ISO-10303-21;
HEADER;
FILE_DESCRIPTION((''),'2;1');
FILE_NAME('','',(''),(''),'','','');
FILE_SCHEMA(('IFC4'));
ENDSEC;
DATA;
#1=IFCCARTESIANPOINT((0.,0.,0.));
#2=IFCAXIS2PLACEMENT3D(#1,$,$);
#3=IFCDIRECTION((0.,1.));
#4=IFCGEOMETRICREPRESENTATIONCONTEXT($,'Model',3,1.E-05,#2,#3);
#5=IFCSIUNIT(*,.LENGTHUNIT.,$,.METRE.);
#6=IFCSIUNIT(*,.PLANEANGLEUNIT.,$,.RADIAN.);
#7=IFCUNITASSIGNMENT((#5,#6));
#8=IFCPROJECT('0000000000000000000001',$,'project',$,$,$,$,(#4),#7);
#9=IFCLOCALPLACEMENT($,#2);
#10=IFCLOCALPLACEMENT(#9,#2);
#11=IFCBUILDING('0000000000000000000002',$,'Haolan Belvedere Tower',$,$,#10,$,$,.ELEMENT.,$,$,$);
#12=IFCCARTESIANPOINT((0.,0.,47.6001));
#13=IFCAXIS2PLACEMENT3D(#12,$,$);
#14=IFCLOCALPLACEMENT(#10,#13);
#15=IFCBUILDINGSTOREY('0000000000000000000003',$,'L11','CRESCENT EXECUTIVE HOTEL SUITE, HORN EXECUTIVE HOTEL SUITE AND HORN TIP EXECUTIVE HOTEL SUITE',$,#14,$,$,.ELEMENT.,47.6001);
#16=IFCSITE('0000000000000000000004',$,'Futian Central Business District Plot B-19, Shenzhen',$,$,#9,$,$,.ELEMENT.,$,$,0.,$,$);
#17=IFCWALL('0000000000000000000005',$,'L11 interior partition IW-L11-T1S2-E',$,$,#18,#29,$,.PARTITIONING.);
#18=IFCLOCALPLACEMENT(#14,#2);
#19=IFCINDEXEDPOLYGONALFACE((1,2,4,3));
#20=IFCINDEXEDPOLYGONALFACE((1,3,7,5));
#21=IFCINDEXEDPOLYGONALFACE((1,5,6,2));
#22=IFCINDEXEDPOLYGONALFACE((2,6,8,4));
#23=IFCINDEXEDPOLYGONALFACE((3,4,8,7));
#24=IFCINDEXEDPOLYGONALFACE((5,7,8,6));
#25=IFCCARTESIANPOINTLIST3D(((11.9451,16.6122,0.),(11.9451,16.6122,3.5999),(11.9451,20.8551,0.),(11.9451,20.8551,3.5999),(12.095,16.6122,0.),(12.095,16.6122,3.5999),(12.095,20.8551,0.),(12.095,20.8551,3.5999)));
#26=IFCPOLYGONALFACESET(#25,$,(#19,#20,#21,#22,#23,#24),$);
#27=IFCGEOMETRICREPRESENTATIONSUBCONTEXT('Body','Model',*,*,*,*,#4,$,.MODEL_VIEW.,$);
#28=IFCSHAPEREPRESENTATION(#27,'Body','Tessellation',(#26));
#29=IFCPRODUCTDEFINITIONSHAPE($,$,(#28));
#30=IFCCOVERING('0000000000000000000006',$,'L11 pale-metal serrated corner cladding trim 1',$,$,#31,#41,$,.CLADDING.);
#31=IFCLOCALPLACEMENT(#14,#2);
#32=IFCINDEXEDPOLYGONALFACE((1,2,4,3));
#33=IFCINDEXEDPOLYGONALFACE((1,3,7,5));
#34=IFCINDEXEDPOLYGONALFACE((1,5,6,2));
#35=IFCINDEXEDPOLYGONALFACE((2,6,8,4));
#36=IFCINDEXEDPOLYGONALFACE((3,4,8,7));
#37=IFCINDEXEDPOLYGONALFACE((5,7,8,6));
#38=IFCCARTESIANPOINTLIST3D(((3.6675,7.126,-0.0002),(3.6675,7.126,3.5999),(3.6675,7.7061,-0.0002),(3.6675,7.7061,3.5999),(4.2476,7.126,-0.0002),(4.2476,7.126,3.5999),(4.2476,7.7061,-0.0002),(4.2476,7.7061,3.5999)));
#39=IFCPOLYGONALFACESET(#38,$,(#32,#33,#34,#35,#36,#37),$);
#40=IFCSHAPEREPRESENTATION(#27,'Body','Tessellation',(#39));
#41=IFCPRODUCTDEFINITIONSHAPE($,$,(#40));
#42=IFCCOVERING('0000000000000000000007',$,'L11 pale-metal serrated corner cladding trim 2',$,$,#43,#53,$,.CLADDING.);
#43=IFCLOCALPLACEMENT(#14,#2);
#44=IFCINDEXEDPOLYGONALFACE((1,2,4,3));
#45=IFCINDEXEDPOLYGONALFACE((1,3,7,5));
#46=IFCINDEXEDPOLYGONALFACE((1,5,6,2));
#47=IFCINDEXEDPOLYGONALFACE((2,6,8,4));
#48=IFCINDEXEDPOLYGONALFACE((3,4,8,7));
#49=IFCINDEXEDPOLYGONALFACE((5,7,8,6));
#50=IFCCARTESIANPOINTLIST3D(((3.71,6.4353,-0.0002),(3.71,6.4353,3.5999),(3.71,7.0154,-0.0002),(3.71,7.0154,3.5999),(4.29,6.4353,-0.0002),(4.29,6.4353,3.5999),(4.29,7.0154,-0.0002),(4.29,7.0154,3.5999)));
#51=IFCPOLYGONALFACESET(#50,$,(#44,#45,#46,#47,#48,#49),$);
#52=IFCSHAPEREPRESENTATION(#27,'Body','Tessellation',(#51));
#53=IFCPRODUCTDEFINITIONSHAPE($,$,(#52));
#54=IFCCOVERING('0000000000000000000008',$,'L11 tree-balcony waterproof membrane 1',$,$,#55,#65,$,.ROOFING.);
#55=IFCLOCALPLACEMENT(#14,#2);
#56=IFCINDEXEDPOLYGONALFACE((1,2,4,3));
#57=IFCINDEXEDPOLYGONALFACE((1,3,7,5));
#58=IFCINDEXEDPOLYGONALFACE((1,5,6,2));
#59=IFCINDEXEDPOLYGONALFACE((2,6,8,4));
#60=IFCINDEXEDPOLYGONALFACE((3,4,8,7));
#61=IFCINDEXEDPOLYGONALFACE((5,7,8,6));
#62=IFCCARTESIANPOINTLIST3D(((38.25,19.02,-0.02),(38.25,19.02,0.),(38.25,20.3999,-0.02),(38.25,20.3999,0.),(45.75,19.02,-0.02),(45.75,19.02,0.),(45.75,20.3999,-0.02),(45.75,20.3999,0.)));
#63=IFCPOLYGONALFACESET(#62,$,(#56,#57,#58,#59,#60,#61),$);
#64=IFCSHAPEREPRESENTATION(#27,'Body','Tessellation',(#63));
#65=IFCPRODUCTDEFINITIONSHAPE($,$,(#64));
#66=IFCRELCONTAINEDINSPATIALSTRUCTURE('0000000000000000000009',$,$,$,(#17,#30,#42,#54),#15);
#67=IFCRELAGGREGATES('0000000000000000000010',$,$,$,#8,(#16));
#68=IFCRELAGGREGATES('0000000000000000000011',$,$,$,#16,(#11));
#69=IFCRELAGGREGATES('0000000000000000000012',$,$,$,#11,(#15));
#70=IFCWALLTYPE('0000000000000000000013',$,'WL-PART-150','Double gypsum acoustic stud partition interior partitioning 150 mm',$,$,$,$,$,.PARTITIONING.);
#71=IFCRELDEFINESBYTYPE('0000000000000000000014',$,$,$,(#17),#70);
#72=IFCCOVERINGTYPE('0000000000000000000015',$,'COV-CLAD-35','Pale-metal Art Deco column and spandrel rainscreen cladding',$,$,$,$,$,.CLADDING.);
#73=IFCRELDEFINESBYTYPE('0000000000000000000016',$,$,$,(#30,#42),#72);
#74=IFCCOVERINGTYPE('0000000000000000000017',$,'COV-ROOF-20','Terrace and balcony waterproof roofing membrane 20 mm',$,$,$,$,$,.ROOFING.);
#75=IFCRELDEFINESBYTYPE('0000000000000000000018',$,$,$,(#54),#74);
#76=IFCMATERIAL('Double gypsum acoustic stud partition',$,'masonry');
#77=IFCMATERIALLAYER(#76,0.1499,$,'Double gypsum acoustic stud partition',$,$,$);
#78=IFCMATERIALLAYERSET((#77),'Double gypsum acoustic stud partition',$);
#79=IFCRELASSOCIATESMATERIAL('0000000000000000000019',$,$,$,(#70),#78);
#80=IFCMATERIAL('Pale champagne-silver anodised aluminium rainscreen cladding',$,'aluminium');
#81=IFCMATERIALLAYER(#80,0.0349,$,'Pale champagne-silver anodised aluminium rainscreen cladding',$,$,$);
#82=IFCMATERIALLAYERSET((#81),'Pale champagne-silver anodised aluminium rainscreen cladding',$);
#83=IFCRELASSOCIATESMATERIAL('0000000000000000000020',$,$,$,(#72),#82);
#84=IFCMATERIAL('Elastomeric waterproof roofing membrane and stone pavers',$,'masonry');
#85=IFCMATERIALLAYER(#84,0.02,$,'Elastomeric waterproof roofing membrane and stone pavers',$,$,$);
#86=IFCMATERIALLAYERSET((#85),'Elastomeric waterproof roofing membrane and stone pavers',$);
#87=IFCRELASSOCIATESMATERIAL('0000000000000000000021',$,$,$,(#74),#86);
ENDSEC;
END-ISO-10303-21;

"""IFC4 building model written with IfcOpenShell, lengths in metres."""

from ifc_helpers import new_model, si_unit, direction, frame, frame_2d, origin, origin_2d, place, context, subcontext, project, spatial, polyline, rectangle, outline, extrude, material, layer, layer_set, type_object, element, save


model = new_model("IFC4")

# Units and contexts
model_context = context("Model", 3, precision=1e-05, world=origin(), true_north=direction((0.0, 1.0)))
body_context = subcontext(model_context, "Body", "Model", "MODEL_VIEW")
ifc_project = project(units=[si_unit("LENGTHUNIT", "METRE"), si_unit("PLANEANGLEUNIT", "RADIAN")], contexts=[model_context])

# Site, building, storey
site_placement = place(None, origin())
site = spatial("IfcSite", under=ifc_project, at=site_placement, Name="Futian Central Business District Plot B-19, Shenzhen", CompositionType="ELEMENT", RefElevation=0.0)
building_placement = place(site_placement, origin())
building = spatial("IfcBuilding", under=site, at=building_placement, Name="Haolan Belvedere Tower", CompositionType="ELEMENT")
storey_placement = place(building_placement, frame((0.0, 0.0, 47.6001)))
storey = spatial("IfcBuildingStorey", under=building, at=storey_placement, Name="L11", Description="CRESCENT EXECUTIVE HOTEL SUITE, HORN EXECUTIVE HOTEL SUITE AND HORN TIP EXECUTIVE HOTEL SUITE", CompositionType="ELEMENT", Elevation=47.6001)

# Wall
ifc_material_1 = material(Name="Double gypsum acoustic stud partition", Category="masonry")
ifc_layer_1 = layer(ifc_material_1, 0.1499, Name="Double gypsum acoustic stud partition")
ifc_layer_set_1 = layer_set([ifc_layer_1], Name="Double gypsum acoustic stud partition")
wall_type_1 = type_object("IfcWallType", Name="WL-PART-150", Description="Double gypsum acoustic stud partition interior partitioning 150 mm", PredefinedType="PARTITIONING", material=ifc_layer_set_1)
wall_1_placement = place(storey_placement, frame((12.02, 16.6121, 0.0), z_axis=(0.0, 0.0, 1.0), x_axis=(0.0, 1.0, 0.0)))
element("IfcWall", 1, at=wall_1_placement, inside=storey, type_object=wall_type_1, Name="L11 interior partition IW-L11-T1S2-E", PredefinedType="PARTITIONING", context=body_context, shape_type="SweptSolid", body=[
    extrude(rectangle(XDim=4.2429, YDim=0.1499, at=frame_2d((2.1216, 0.0))), origin(), (0.0, 0.0, 1.0), 3.5999),
])

# Coverings
ifc_material_2 = material(Name="Pale champagne-silver anodised aluminium rainscreen cladding", Category="aluminium")
ifc_layer_2 = layer(ifc_material_2, 0.0349, Name="Pale champagne-silver anodised aluminium rainscreen cladding")
ifc_layer_set_2 = layer_set([ifc_layer_2], Name="Pale champagne-silver anodised aluminium rainscreen cladding")
covering_type_1 = type_object("IfcCoveringType", Name="COV-CLAD-35", Description="Pale-metal Art Deco column and spandrel rainscreen cladding", PredefinedType="CLADDING", material=ifc_layer_set_2)
for number, where, z_axis, x_axis, name in (
    (2, (3.9575, 7.416, -0.0002), (0.0, 0.0, 1.0), (1.0, 0.0, 0.0), "L11 pale-metal serrated corner cladding trim 1"),
    (3, (4.0, 6.7253, -0.0002), (0.0, 0.0, 1.0), (1.0, 0.0, 0.0), "L11 pale-metal serrated corner cladding trim 2"),
):
    element("IfcCovering", number, at=place(storey_placement, frame(where, z_axis=z_axis, x_axis=x_axis)), inside=storey, type_object=covering_type_1, Name=name, PredefinedType="CLADDING", context=body_context, shape_type="SweptSolid", body=[
        extrude(rectangle(XDim=0.5801, YDim=0.5801, at=origin_2d()), origin(), (0.0, 0.0, 1.0), 3.6001),
    ])
ifc_material_3 = material(Name="Elastomeric waterproof roofing membrane and stone pavers", Category="masonry")
ifc_layer_3 = layer(ifc_material_3, 0.02, Name="Elastomeric waterproof roofing membrane and stone pavers")
ifc_layer_set_3 = layer_set([ifc_layer_3], Name="Elastomeric waterproof roofing membrane and stone pavers")
covering_type_2 = type_object("IfcCoveringType", Name="COV-ROOF-20", Description="Terrace and balcony waterproof roofing membrane 20 mm", PredefinedType="ROOFING", material=ifc_layer_set_3)
covering_placement = place(storey_placement, frame((0.0, 0.0, -0.02)))
element("IfcCovering", 4, at=covering_placement, inside=storey, type_object=covering_type_2, Name="L11 tree-balcony waterproof membrane 1", PredefinedType="ROOFING", context=body_context, shape_type="SweptSolid", body=[
    extrude(outline(polyline([(38.25, 19.02), (45.75, 19.02), (45.75, 20.3999), (38.25, 20.3999), (38.25, 19.02)])), origin(), (0.0, 0.0, 1.0), 0.02),
])

save(model, "model.ifc")
